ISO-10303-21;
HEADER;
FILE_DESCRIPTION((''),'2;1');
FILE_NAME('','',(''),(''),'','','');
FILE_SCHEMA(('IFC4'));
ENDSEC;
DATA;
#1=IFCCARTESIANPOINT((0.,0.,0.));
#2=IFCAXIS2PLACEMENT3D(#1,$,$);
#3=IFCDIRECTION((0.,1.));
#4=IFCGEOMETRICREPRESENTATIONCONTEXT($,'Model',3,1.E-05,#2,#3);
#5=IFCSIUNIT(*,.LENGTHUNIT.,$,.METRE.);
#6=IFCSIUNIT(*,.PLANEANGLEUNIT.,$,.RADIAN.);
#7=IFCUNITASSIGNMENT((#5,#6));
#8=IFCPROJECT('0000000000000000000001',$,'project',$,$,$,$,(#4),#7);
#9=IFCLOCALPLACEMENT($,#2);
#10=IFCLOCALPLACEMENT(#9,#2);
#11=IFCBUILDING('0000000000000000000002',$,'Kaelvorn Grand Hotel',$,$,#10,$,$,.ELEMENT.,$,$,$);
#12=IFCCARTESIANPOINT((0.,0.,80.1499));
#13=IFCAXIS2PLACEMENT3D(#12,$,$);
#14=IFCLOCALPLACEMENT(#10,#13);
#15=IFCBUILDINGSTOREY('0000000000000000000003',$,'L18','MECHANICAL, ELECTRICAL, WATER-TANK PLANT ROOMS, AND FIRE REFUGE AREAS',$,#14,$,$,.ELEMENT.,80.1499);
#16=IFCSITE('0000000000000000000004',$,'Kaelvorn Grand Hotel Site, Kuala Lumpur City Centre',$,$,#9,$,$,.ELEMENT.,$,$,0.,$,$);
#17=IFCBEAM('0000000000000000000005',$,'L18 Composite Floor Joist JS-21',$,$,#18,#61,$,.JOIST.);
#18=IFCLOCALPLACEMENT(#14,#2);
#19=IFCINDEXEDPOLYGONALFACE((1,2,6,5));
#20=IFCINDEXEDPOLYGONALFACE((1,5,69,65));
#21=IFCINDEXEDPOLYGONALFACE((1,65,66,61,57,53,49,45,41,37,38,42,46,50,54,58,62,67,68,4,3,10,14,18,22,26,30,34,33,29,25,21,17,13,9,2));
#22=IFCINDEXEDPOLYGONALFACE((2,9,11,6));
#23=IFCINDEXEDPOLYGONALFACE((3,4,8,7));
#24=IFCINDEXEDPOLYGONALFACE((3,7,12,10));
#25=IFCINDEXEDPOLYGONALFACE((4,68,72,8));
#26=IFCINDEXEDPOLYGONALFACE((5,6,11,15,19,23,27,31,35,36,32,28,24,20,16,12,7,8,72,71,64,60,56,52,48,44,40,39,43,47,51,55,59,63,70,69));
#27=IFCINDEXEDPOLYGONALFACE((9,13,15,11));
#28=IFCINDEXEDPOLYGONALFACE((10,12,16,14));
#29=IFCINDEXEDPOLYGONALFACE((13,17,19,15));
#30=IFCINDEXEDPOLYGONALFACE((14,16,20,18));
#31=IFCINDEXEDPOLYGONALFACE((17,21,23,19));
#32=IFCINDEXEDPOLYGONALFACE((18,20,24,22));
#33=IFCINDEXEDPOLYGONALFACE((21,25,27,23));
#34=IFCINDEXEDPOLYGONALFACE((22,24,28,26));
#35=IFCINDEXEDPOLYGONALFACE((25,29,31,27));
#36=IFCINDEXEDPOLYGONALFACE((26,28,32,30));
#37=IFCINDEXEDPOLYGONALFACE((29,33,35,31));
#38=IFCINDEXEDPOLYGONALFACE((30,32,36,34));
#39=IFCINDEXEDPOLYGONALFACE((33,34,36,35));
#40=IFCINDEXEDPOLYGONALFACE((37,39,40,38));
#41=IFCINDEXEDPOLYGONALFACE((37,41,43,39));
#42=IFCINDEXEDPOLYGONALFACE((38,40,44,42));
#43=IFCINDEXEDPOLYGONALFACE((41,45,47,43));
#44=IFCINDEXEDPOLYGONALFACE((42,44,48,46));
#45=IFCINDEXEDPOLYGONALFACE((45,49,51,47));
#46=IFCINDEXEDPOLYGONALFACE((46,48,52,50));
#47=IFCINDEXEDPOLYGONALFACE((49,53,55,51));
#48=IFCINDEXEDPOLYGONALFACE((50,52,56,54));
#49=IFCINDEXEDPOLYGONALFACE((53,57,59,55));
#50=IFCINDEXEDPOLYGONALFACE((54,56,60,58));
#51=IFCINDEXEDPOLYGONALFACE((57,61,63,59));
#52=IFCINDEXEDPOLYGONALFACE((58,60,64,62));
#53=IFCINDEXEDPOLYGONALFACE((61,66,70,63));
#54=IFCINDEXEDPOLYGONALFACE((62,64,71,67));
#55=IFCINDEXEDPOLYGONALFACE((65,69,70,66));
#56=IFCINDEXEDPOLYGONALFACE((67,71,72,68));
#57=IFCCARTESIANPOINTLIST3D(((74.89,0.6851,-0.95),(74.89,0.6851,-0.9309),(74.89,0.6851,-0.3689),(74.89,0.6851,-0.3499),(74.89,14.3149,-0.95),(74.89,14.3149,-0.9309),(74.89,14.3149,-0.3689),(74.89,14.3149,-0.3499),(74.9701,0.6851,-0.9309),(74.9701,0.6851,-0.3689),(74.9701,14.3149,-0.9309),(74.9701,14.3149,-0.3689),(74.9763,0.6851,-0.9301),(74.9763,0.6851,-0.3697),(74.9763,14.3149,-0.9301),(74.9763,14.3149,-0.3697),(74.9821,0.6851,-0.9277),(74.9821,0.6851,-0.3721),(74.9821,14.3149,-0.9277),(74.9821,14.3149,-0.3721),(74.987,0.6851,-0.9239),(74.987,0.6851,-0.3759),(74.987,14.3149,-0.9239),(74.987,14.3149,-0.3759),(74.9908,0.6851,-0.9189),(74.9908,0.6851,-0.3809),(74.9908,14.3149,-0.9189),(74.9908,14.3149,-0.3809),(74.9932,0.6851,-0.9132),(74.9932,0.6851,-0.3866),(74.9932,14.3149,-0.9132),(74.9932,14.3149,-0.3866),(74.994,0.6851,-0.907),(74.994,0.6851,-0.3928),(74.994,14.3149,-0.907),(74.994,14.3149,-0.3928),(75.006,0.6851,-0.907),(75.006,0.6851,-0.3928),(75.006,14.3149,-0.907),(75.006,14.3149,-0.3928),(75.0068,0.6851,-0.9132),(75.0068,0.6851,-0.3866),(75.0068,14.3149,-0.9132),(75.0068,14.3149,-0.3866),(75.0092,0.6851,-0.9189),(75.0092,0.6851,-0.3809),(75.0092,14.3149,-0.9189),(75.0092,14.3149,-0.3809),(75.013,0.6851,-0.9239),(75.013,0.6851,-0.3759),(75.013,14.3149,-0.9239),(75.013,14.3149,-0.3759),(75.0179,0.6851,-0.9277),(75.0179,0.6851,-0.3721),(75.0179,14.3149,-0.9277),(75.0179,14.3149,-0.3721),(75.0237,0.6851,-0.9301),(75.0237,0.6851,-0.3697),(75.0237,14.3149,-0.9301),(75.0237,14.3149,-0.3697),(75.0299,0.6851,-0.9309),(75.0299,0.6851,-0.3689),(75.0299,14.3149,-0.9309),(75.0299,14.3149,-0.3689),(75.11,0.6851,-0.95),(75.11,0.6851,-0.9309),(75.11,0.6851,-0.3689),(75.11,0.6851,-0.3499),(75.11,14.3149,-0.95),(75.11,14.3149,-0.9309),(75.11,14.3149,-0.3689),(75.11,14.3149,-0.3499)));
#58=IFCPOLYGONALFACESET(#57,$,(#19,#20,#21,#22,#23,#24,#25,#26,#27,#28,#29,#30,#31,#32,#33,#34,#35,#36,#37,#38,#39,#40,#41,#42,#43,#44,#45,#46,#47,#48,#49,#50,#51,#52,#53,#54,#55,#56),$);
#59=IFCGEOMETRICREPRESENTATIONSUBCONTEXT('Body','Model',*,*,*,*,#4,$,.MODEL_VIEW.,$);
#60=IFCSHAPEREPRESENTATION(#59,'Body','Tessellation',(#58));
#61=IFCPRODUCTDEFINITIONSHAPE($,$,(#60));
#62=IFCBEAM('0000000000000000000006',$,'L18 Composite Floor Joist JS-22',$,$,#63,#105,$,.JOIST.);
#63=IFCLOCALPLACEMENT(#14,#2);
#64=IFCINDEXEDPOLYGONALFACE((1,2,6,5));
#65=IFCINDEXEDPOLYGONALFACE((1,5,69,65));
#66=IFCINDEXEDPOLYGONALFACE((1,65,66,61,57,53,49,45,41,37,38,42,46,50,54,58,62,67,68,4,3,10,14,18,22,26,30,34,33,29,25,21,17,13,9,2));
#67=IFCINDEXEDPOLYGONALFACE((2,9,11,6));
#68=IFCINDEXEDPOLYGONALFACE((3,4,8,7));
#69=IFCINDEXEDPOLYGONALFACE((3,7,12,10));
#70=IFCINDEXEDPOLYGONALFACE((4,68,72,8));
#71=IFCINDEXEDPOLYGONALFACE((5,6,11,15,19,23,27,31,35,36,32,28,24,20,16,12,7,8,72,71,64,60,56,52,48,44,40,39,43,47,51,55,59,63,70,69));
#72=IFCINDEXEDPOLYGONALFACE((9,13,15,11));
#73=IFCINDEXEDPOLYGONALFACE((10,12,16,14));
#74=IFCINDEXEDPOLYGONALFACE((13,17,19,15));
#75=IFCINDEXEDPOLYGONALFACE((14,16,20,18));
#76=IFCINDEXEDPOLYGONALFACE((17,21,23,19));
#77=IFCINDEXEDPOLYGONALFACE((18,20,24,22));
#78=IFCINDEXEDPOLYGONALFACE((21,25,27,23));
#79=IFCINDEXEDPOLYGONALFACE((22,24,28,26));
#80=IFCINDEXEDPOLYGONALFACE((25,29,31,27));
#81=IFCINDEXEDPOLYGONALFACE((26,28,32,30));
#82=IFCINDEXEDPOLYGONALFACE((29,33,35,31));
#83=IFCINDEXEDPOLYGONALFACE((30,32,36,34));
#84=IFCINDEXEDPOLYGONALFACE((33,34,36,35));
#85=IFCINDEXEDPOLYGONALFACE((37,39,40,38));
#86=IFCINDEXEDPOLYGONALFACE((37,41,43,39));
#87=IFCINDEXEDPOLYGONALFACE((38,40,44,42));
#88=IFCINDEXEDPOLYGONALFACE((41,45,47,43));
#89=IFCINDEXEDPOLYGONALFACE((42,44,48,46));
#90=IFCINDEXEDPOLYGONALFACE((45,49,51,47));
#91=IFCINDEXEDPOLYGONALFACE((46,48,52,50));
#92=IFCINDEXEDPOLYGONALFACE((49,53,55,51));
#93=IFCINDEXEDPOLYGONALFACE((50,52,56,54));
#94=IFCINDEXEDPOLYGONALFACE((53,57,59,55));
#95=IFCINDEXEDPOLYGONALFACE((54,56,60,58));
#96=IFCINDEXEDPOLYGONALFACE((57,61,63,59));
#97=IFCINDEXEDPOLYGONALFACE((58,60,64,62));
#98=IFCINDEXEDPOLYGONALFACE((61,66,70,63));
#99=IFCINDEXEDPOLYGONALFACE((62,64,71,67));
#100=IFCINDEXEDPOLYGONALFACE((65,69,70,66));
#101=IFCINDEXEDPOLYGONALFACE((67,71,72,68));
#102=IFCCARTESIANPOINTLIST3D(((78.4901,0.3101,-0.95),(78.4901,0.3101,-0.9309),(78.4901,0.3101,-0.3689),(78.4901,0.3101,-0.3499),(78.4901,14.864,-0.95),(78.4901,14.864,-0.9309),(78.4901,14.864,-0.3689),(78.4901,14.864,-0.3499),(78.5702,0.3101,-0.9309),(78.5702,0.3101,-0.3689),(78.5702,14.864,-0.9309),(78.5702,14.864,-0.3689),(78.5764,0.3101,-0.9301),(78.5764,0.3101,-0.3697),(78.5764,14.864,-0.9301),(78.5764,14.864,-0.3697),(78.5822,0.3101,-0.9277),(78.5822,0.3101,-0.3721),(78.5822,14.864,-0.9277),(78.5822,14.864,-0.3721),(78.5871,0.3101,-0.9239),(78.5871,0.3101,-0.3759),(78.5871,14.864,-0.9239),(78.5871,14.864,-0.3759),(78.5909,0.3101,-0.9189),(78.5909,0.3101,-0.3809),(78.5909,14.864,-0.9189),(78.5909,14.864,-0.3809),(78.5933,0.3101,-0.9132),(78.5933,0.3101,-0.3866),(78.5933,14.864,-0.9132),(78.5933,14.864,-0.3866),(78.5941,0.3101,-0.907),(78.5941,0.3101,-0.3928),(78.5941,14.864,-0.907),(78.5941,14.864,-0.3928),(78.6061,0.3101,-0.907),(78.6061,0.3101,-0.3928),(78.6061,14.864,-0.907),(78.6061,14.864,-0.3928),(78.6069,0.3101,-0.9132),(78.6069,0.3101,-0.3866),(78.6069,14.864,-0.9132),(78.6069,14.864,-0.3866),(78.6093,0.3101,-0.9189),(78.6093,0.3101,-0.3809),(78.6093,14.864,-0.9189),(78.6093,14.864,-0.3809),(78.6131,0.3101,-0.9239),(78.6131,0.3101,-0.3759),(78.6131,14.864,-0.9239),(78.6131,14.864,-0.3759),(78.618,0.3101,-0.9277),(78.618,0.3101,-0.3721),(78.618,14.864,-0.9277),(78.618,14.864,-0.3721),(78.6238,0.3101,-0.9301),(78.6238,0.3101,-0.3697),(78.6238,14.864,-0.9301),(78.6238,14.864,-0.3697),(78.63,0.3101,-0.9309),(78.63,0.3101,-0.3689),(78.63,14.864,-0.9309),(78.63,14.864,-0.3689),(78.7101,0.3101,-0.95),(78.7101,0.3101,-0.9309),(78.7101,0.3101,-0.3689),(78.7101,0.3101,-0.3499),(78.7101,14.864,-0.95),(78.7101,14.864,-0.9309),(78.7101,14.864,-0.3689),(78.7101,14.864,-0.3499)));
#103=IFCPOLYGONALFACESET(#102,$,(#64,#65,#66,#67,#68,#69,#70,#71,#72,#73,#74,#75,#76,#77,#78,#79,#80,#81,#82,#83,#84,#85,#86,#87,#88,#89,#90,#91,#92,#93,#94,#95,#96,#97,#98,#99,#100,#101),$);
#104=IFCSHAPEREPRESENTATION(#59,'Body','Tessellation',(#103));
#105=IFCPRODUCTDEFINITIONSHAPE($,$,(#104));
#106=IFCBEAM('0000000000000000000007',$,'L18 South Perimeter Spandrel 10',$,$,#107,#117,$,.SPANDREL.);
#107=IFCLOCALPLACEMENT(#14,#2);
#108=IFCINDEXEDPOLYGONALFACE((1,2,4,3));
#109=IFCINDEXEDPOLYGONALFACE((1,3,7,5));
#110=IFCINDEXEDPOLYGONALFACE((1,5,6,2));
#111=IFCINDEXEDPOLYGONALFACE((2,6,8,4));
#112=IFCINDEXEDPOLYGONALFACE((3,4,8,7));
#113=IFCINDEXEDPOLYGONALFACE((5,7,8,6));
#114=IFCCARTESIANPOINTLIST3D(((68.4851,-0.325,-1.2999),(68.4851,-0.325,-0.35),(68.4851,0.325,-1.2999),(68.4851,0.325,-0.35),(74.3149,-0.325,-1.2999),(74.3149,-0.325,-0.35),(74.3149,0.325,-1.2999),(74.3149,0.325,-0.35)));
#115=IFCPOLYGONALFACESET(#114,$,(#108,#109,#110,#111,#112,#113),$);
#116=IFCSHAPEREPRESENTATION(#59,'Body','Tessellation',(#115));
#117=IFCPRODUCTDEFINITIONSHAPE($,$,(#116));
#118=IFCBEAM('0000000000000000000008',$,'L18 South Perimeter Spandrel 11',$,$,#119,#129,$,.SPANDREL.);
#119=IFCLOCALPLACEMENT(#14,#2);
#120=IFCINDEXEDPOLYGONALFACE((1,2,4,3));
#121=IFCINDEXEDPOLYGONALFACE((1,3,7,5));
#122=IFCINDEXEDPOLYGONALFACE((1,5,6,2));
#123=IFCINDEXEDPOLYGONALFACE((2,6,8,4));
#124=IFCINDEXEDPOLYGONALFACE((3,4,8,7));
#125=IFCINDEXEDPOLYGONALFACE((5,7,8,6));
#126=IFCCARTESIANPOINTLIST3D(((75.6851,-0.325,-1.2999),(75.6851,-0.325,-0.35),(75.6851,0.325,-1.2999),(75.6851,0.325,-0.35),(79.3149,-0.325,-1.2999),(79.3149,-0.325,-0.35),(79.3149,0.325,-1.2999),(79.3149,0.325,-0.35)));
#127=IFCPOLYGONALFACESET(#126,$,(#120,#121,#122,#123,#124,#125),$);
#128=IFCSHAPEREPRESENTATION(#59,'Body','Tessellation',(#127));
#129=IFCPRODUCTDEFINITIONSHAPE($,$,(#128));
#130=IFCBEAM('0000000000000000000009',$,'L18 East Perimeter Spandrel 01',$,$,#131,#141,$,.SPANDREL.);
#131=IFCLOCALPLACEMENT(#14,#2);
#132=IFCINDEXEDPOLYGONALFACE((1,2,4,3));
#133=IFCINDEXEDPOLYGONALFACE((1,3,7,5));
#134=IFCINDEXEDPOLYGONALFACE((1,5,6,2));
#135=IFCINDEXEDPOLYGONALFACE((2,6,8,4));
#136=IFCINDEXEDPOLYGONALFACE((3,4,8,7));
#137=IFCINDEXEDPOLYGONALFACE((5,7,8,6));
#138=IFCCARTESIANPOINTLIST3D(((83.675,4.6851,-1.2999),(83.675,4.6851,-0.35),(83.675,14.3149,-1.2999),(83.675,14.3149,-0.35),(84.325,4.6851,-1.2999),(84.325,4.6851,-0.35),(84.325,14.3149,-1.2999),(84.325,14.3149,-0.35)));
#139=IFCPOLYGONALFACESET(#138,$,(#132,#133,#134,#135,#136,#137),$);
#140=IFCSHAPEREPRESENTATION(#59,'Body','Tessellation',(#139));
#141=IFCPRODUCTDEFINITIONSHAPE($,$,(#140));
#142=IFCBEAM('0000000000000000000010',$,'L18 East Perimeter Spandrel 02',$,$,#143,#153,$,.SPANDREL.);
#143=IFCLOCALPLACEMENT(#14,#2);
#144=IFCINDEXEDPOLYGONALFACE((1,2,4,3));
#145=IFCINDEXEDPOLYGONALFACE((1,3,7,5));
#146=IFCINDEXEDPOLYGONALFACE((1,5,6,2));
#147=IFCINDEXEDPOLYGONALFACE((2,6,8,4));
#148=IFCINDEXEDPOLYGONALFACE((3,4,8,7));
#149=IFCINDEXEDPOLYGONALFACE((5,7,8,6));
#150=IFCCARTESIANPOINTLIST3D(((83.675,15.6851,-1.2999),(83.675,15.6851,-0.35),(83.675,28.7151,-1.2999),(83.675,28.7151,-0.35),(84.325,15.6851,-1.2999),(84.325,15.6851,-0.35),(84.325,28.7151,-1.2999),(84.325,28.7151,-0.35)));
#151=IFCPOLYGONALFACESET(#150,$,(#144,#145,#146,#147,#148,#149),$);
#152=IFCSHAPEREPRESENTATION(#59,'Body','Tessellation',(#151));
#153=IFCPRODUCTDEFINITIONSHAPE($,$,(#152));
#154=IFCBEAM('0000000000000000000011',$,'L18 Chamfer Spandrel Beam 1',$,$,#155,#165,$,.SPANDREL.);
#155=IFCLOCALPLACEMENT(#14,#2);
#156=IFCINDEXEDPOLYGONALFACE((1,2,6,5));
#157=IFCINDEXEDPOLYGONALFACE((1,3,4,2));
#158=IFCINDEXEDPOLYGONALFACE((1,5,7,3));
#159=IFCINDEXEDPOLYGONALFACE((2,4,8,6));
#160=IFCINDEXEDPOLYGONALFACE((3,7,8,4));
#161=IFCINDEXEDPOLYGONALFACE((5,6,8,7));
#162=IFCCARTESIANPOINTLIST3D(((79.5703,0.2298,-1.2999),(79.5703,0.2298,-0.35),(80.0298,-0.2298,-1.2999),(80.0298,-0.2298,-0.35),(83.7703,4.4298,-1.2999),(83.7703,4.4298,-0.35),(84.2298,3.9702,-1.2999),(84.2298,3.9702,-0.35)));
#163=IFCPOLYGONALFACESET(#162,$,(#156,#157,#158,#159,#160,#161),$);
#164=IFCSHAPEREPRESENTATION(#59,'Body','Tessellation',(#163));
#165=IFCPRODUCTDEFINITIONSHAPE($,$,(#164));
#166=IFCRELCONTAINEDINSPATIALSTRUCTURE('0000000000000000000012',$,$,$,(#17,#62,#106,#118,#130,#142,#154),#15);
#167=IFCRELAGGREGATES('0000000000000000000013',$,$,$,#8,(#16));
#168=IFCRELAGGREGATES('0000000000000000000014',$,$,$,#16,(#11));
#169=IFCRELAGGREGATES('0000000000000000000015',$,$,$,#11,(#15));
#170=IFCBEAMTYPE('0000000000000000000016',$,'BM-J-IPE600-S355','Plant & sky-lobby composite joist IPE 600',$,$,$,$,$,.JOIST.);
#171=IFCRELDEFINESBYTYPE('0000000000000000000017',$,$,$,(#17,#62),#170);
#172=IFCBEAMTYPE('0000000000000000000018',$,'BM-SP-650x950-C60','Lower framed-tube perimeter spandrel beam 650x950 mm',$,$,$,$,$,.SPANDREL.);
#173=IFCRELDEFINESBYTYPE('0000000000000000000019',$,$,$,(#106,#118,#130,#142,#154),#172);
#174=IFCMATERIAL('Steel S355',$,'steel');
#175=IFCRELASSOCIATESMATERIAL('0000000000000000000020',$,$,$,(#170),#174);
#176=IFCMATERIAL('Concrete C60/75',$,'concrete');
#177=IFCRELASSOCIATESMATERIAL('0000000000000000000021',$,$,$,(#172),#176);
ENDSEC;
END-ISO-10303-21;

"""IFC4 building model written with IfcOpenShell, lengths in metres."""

from ifc_helpers import new_model, si_unit, direction, frame, origin, origin_2d, place, context, subcontext, project, spatial, rectangle, i_section, extrude, material, material_profile, profile_set, type_object, element, save


model = new_model("IFC4")

# Units and contexts
model_context = context("Model", 3, precision=1e-05, world=origin(), true_north=direction((0.0, 1.0)))
body_context = subcontext(model_context, "Body", "Model", "MODEL_VIEW")
ifc_project = project(units=[si_unit("LENGTHUNIT", "METRE"), si_unit("PLANEANGLEUNIT", "RADIAN")], contexts=[model_context])

# Site, building, storey
site_placement = place(None, origin())
site = spatial("IfcSite", under=ifc_project, at=site_placement, Name="Kaelvorn Grand Hotel Site, Kuala Lumpur City Centre", CompositionType="ELEMENT", RefElevation=0.0)
building_placement = place(site_placement, origin())
building = spatial("IfcBuilding", under=site, at=building_placement, Name="Kaelvorn Grand Hotel", CompositionType="ELEMENT")
storey_placement = place(building_placement, frame((0.0, 0.0, 80.1499)))
storey = spatial("IfcBuildingStorey", under=building, at=storey_placement, Name="L18", Description="MECHANICAL, ELECTRICAL, WATER-TANK PLANT ROOMS, AND FIRE REFUGE AREAS", CompositionType="ELEMENT", Elevation=80.1499)

# Beams
ifc_material_1 = material(Name="Steel S355", Category="steel")
ifc_material_profile_1 = material_profile(ifc_material_1, i_section(OverallWidth=0.22, OverallDepth=0.6001, WebThickness=0.012, FlangeThickness=0.019, FilletRadius=0.0239, at=origin_2d()), Name="IPE 600")
ifc_profile_set_1 = profile_set([ifc_material_profile_1], Name="Steel S355")
beam_type_1 = type_object("IfcBeamType", Name="BM-J-IPE600-S355", Description="Plant & sky-lobby composite joist IPE 600", PredefinedType="JOIST", material=ifc_profile_set_1)
beam_1_placement = place(storey_placement, frame((75.0, 0.6851, -0.6499), z_axis=(0.0, 1.0, 0.0), x_axis=(-1.0, 0.0, 0.0)))
element("IfcBeam", 1, at=beam_1_placement, inside=storey, type_object=beam_type_1, Name="L18 Composite Floor Joist JS-21", PredefinedType="JOIST", context=body_context, shape_type="SweptSolid", body=[
    extrude(i_section(OverallWidth=0.22, OverallDepth=0.6001, WebThickness=0.012, FlangeThickness=0.019, FilletRadius=0.0239, at=origin_2d()), origin(), (0.0, 0.0, 1.0), 13.6299),
])
beam_2_placement = place(storey_placement, frame((78.6001, 0.3101, -0.6499), z_axis=(0.0, 1.0, 0.0), x_axis=(-1.0, 0.0, 0.0)))
element("IfcBeam", 2, at=beam_2_placement, inside=storey, type_object=beam_type_1, Name="L18 Composite Floor Joist JS-22", PredefinedType="JOIST", context=body_context, shape_type="SweptSolid", body=[
    extrude(i_section(OverallWidth=0.22, OverallDepth=0.6001, WebThickness=0.012, FlangeThickness=0.019, FilletRadius=0.0239, at=origin_2d()), origin(), (0.0, 0.0, 1.0), 14.554),
])
ifc_material_2 = material(Name="Concrete C60/75", Category="concrete")
ifc_material_profile_2 = material_profile(ifc_material_2, rectangle(XDim=0.6499, YDim=0.95, at=origin_2d()), Name="RC SPANDREL 650x950")
ifc_profile_set_2 = profile_set([ifc_material_profile_2], Name="Concrete C60/75")
beam_type_2 = type_object("IfcBeamType", Name="BM-SP-650x950-C60", Description="Lower framed-tube perimeter spandrel beam 650x950 mm", PredefinedType="SPANDREL", material=ifc_profile_set_2)
beam_3_placement = place(storey_placement, frame((68.4851, 0.0, -0.825), z_axis=(1.0, 0.0, 0.0), x_axis=(0.0, 1.0, 0.0)))
element("IfcBeam", 3, at=beam_3_placement, inside=storey, type_object=beam_type_2, Name="L18 South Perimeter Spandrel 10", PredefinedType="SPANDREL", context=body_context, shape_type="SweptSolid", body=[
    extrude(rectangle(XDim=0.6499, YDim=0.95, at=origin_2d()), origin(), (0.0, 0.0, 1.0), 5.8298),
])
beam_4_placement = place(storey_placement, frame((75.6851, 0.0, -0.825), z_axis=(1.0, 0.0, 0.0), x_axis=(0.0, 1.0, 0.0)))
element("IfcBeam", 4, at=beam_4_placement, inside=storey, type_object=beam_type_2, Name="L18 South Perimeter Spandrel 11", PredefinedType="SPANDREL", context=body_context, shape_type="SweptSolid", body=[
    extrude(rectangle(XDim=0.6499, YDim=0.95, at=origin_2d()), origin(), (0.0, 0.0, 1.0), 3.6299),
])
beam_5_placement = place(storey_placement, frame((84.0, 4.6851, -0.825), z_axis=(0.0, 1.0, 0.0), x_axis=(-1.0, 0.0, 0.0)))
element("IfcBeam", 5, at=beam_5_placement, inside=storey, type_object=beam_type_2, Name="L18 East Perimeter Spandrel 01", PredefinedType="SPANDREL", context=body_context, shape_type="SweptSolid", body=[
    extrude(rectangle(XDim=0.6499, YDim=0.95, at=origin_2d()), origin(), (0.0, 0.0, 1.0), 9.6299),
])
beam_6_placement = place(storey_placement, frame((84.0, 15.6851, -0.825), z_axis=(0.0, 1.0, 0.0), x_axis=(-1.0, 0.0, 0.0)))
element("IfcBeam", 6, at=beam_6_placement, inside=storey, type_object=beam_type_2, Name="L18 East Perimeter Spandrel 02", PredefinedType="SPANDREL", context=body_context, shape_type="SweptSolid", body=[
    extrude(rectangle(XDim=0.6499, YDim=0.95, at=origin_2d()), origin(), (0.0, 0.0, 1.0), 13.03),
])
beam_7_placement = place(storey_placement, frame((79.8, 0.0, -0.825), z_axis=(0.707107, 0.707107, 0.0), x_axis=(-0.707107, 0.707107, 0.0)))
element("IfcBeam", 7, at=beam_7_placement, inside=storey, type_object=beam_type_2, Name="L18 Chamfer Spandrel Beam 1", PredefinedType="SPANDREL", context=body_context, shape_type="SweptSolid", body=[
    extrude(rectangle(XDim=0.6499, YDim=0.95, at=origin_2d()), origin(), (0.0, 0.0, 1.0), 5.9397),
])

save(model, "model.ifc")
